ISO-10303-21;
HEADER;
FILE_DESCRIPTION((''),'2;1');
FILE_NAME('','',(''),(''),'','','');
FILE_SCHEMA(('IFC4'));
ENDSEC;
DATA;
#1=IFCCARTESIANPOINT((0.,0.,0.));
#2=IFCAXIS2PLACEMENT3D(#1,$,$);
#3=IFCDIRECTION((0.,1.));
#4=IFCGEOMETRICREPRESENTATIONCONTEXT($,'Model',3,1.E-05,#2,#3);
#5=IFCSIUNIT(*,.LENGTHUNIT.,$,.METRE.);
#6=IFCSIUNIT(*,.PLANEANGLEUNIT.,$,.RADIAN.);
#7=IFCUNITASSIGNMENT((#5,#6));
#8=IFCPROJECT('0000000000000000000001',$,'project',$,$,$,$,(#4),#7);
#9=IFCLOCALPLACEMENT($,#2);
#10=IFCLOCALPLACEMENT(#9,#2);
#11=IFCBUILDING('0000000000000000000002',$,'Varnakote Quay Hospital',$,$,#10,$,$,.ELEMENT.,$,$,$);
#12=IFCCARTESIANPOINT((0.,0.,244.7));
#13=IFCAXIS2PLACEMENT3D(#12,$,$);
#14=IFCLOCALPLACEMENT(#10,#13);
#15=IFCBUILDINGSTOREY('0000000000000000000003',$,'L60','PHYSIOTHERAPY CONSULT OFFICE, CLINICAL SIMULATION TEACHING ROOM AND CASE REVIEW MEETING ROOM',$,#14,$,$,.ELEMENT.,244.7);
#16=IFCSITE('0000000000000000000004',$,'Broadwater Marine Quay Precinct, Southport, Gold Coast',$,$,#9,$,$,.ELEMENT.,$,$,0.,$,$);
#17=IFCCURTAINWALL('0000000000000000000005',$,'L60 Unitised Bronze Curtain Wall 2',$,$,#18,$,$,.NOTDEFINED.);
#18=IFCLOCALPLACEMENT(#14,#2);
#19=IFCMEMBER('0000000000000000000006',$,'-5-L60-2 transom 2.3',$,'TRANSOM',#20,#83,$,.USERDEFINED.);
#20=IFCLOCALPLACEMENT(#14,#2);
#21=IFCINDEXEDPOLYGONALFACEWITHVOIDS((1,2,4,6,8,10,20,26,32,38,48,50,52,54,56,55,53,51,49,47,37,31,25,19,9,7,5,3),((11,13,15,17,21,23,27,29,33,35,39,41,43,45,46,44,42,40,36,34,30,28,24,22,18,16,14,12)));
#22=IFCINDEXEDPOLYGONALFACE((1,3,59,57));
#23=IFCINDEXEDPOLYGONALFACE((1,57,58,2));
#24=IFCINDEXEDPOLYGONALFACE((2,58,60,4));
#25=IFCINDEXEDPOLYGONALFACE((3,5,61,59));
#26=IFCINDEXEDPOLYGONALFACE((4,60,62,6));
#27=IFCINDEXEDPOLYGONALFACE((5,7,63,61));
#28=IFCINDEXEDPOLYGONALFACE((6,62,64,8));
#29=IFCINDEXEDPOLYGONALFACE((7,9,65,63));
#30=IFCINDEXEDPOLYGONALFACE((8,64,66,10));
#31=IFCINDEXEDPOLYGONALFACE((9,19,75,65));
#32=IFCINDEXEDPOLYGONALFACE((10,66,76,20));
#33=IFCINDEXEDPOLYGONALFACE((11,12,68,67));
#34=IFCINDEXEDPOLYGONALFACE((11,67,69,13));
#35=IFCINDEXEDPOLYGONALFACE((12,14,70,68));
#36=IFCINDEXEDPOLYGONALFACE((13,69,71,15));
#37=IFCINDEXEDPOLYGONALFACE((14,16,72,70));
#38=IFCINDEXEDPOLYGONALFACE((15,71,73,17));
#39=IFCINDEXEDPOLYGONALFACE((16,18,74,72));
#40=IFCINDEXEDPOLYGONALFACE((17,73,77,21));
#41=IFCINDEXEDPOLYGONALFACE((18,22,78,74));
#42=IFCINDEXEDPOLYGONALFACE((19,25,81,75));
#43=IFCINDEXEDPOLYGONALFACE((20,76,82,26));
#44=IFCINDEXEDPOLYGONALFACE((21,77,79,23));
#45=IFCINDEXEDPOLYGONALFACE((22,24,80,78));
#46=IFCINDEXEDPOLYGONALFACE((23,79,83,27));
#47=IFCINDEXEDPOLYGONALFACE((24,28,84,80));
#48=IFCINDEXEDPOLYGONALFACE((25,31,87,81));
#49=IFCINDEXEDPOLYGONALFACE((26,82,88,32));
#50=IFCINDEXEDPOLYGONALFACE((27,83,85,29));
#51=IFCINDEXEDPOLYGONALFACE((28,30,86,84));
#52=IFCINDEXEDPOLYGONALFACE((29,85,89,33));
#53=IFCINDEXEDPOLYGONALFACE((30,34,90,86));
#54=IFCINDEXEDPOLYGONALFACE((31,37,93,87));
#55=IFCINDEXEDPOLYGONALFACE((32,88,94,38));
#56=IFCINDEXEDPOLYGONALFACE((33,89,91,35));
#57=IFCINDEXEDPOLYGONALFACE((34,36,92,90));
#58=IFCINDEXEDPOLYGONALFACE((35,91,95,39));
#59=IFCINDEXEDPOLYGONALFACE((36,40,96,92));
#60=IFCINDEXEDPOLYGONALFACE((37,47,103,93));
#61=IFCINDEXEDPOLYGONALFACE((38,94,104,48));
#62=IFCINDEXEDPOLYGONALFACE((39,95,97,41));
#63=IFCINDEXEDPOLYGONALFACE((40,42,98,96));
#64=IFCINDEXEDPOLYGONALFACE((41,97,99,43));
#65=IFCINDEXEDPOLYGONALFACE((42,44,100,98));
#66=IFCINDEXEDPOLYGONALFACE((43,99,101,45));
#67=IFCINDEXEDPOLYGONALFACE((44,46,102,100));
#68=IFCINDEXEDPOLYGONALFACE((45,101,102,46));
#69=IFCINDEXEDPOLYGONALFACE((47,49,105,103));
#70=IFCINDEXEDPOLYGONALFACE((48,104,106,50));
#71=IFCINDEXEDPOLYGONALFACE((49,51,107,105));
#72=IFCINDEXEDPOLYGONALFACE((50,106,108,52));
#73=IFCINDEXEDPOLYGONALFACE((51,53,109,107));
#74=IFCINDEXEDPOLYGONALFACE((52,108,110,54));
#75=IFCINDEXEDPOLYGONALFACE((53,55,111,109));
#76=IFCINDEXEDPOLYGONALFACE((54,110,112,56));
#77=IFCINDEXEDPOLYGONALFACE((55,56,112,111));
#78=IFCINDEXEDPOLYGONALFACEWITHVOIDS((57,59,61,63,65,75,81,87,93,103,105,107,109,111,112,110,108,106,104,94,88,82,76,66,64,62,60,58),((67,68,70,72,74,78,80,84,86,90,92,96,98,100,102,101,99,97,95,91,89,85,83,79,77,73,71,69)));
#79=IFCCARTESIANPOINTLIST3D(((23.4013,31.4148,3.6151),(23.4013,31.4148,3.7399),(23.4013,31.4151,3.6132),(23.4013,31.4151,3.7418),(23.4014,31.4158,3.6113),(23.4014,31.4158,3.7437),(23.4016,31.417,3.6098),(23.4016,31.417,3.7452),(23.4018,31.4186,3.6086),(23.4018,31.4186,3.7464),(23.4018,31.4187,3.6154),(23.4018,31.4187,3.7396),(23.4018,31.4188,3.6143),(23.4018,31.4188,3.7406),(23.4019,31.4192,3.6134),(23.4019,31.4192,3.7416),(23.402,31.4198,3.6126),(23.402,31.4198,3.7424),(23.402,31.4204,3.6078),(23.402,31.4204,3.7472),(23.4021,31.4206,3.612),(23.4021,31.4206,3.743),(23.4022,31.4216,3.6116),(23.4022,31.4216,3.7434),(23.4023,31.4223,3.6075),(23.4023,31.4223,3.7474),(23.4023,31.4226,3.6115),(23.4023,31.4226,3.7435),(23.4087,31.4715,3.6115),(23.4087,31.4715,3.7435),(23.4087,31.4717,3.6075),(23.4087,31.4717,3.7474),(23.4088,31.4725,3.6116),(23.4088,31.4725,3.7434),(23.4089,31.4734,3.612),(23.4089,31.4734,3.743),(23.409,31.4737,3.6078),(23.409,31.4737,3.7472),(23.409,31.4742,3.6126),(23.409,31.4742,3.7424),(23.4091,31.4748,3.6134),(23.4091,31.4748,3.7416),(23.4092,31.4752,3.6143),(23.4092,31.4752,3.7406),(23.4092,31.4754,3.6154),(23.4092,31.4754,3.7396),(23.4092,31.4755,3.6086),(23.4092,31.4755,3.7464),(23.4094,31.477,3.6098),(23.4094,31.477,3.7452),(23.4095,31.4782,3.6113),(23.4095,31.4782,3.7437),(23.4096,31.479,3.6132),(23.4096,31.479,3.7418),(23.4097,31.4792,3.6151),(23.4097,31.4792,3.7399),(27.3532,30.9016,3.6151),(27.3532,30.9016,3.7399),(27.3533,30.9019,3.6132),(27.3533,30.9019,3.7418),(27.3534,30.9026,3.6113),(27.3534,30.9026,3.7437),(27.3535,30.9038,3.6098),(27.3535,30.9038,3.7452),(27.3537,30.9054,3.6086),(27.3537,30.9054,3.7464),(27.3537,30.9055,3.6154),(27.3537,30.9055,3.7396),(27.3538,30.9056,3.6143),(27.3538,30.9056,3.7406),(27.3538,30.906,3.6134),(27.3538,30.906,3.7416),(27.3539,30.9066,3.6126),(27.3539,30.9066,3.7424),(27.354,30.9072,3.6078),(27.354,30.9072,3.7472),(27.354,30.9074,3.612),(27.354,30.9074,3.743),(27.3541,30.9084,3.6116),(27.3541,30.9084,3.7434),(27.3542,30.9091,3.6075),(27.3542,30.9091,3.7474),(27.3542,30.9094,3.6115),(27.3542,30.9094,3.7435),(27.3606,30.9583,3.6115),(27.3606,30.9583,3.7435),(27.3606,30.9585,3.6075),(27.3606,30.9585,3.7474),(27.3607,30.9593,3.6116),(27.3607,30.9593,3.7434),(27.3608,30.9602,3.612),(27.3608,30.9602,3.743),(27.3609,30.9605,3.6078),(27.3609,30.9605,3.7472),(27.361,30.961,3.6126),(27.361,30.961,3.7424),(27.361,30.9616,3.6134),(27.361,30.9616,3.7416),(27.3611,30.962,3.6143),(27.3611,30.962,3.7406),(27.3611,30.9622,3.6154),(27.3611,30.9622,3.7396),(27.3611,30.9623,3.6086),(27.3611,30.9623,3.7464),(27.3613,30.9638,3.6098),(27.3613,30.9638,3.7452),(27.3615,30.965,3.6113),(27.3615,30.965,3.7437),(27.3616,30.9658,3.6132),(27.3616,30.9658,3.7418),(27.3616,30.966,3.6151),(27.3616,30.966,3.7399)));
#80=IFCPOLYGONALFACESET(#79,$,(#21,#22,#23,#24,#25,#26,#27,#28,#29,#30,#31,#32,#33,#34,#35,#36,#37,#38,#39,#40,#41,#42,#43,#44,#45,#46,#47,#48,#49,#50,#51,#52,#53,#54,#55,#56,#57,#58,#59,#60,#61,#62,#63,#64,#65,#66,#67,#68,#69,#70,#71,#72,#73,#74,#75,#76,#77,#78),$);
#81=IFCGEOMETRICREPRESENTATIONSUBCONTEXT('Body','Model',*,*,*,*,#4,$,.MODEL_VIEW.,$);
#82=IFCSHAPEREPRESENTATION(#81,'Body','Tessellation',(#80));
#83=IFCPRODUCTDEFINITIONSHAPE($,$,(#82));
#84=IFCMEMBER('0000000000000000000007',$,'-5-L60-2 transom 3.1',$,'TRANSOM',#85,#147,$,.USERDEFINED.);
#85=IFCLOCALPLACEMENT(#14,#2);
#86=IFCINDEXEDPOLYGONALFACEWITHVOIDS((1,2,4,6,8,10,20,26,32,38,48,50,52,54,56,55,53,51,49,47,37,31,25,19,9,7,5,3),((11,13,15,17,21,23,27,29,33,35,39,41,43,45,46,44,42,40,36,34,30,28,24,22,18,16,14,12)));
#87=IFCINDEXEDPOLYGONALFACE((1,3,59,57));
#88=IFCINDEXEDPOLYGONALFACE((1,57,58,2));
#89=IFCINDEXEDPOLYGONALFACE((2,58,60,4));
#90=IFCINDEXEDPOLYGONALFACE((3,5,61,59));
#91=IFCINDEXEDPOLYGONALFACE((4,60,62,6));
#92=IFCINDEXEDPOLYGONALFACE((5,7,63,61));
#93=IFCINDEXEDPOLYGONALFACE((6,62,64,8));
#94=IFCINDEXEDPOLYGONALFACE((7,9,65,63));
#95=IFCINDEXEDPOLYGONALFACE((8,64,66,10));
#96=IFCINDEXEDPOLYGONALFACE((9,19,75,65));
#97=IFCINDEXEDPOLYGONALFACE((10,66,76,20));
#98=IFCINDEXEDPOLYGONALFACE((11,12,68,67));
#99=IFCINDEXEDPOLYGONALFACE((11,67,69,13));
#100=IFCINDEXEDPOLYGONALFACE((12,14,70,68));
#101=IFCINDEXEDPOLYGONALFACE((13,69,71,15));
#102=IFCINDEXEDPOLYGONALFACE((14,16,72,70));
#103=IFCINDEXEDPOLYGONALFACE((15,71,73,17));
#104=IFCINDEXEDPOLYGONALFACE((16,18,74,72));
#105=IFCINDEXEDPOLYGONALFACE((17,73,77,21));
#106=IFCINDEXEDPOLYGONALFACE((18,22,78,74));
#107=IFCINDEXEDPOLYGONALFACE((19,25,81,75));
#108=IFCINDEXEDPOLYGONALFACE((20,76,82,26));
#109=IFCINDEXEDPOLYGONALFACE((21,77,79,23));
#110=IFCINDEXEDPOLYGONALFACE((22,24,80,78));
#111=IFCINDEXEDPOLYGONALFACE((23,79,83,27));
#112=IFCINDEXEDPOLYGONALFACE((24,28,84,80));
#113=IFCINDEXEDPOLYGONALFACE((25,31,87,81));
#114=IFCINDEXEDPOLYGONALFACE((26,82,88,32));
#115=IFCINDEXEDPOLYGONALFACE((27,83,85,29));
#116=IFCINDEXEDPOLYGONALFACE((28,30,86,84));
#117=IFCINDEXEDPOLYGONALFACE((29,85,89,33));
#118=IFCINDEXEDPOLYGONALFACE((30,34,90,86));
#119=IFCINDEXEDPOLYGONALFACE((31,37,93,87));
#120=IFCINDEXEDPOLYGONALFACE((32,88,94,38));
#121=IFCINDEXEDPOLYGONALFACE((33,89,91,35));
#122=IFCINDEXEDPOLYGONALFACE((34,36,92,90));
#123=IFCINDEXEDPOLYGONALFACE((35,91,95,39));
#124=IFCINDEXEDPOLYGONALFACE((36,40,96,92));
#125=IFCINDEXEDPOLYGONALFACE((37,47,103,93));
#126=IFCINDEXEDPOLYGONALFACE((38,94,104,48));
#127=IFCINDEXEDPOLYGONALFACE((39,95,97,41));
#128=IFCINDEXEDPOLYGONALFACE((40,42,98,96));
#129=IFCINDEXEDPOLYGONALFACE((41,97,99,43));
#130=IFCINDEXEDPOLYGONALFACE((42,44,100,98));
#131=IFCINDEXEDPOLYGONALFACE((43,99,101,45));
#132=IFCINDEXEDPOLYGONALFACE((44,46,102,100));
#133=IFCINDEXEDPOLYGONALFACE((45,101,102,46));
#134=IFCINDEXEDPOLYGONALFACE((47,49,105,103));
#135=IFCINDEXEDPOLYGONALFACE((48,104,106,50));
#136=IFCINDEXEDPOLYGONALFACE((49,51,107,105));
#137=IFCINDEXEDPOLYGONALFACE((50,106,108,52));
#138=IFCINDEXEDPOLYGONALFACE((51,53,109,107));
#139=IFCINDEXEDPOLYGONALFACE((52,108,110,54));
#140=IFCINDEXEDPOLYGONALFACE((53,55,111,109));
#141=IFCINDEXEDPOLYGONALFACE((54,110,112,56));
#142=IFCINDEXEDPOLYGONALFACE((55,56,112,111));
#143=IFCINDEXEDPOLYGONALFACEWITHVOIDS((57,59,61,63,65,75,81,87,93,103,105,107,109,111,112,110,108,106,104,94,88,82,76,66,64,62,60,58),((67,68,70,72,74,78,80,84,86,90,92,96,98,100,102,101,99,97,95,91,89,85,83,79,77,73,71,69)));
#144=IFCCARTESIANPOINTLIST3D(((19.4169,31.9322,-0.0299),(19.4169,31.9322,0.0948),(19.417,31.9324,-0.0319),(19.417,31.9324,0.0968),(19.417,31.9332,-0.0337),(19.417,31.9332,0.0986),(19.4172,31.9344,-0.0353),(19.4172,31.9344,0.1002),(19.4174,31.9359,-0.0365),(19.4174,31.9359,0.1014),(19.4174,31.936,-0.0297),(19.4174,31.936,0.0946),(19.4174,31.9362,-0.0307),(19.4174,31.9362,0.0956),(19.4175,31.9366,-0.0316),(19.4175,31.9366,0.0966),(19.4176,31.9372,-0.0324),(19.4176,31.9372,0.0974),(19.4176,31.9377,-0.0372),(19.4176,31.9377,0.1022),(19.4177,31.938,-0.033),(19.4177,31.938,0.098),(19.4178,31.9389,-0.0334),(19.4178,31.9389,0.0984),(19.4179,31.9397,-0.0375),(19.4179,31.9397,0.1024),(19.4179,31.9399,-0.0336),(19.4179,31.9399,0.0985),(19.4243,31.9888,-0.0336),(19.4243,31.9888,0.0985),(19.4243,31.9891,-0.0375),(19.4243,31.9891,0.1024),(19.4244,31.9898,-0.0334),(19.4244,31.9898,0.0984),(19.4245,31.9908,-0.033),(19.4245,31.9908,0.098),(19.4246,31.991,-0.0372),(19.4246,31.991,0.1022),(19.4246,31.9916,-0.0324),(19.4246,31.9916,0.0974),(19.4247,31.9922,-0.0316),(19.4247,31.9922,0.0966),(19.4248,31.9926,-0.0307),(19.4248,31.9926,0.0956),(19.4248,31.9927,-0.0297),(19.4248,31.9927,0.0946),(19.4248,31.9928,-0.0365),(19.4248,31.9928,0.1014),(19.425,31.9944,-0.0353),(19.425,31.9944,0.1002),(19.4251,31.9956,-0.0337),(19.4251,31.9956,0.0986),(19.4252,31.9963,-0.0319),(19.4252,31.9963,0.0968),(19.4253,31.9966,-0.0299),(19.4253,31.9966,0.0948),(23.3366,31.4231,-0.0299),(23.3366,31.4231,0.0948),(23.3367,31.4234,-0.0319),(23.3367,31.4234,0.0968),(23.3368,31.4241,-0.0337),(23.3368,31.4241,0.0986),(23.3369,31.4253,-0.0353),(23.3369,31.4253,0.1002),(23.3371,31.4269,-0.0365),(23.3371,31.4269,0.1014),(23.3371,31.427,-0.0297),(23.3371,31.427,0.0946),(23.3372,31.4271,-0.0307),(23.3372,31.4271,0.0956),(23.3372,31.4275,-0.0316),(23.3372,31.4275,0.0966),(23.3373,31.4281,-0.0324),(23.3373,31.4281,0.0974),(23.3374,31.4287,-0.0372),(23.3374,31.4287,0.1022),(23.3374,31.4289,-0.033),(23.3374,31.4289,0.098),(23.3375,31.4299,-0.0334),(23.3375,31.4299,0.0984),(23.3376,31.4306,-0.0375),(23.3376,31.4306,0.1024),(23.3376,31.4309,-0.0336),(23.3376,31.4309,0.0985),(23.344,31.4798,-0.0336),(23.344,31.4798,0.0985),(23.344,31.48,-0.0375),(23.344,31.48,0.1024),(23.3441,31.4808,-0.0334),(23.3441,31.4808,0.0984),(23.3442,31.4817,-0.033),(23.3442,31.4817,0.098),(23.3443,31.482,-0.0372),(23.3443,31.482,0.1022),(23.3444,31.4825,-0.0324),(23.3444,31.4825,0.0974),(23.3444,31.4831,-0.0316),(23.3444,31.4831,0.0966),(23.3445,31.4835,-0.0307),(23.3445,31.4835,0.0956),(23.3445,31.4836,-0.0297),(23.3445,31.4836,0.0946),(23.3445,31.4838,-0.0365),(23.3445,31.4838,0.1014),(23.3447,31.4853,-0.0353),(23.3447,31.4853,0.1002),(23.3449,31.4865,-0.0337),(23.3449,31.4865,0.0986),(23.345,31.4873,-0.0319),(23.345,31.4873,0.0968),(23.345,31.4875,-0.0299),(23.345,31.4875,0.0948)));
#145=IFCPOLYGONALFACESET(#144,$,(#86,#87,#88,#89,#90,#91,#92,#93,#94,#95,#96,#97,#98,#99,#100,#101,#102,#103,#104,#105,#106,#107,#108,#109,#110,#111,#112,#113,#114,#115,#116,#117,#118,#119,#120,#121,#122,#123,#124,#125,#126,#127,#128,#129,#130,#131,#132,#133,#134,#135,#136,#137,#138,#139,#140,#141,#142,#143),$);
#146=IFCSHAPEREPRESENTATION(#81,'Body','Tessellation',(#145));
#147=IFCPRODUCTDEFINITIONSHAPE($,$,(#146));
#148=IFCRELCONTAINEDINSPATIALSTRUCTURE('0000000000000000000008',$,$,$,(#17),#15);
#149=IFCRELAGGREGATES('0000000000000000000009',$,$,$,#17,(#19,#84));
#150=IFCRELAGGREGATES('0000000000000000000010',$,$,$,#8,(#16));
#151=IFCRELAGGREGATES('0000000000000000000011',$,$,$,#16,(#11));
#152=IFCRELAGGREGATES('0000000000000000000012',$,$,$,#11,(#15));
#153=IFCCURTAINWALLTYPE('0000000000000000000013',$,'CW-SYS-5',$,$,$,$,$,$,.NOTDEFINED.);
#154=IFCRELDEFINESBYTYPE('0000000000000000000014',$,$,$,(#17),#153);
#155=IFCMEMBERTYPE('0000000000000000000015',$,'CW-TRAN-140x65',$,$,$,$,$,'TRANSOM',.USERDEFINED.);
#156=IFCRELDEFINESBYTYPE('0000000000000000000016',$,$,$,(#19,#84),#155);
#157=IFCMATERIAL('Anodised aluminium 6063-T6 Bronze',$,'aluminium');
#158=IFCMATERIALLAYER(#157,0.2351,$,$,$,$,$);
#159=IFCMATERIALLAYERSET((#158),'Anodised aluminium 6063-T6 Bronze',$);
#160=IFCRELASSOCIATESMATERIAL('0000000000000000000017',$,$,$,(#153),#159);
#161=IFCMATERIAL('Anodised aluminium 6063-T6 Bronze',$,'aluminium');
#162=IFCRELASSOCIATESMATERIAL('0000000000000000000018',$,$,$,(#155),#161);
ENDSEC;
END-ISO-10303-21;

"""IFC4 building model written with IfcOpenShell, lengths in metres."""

from ifc_helpers import new_model, si_unit, direction, frame, origin, origin_2d, place, context, subcontext, project, spatial, hollow_rectangle, extrude, material, layer, layer_set, material_profile, profile_set, type_object, element, aggregate, save


model = new_model("IFC4")

# Units and contexts
model_context = context("Model", 3, precision=1e-05, world=origin(), true_north=direction((0.0, 1.0)))
body_context = subcontext(model_context, "Body", "Model", "MODEL_VIEW")
ifc_project = project(units=[si_unit("LENGTHUNIT", "METRE"), si_unit("PLANEANGLEUNIT", "RADIAN")], contexts=[model_context])

# Site, building, storey
site_placement = place(None, origin())
site = spatial("IfcSite", under=ifc_project, at=site_placement, Name="Broadwater Marine Quay Precinct, Southport, Gold Coast", CompositionType="ELEMENT", RefElevation=0.0)
building_placement = place(site_placement, origin())
building = spatial("IfcBuilding", under=site, at=building_placement, Name="Varnakote Quay Hospital", CompositionType="ELEMENT")
storey_placement = place(building_placement, frame((0.0, 0.0, 244.7)))
storey = spatial("IfcBuildingStorey", under=building, at=storey_placement, Name="L60", Description="PHYSIOTHERAPY CONSULT OFFICE, CLINICAL SIMULATION TEACHING ROOM AND CASE REVIEW MEETING ROOM", CompositionType="ELEMENT", Elevation=244.7)

# Shared definitions
ifc_material_1 = material(Name="Anodised aluminium 6063-T6 Bronze", Category="aluminium")
ifc_layer_1 = layer(ifc_material_1, 0.2351)
ifc_layer_set_1 = layer_set([ifc_layer_1], Name="Anodised aluminium 6063-T6 Bronze")
curtain_wall_type = type_object("IfcCurtainWallType", Name="CW-SYS-5", PredefinedType="NOTDEFINED", material=ifc_layer_set_1)

# Curtain wall, members
curtain_wall_1_placement = place(storey_placement, origin())
curtain_wall_1 = element("IfcCurtainWall", 1, at=curtain_wall_1_placement, inside=storey, type_object=curtain_wall_type, Name="L60 Unitised Bronze Curtain Wall 2", PredefinedType="NOTDEFINED")
ifc_material_2 = material(Name="Anodised aluminium 6063-T6 Bronze", Category="aluminium")
ifc_material_profile_1 = material_profile(ifc_material_2, hollow_rectangle(XDim=0.0649, YDim=0.1399, WallThickness=0.0039, InnerFilletRadius=0.0039, OuterFilletRadius=0.0076, at=origin_2d()), Name="CW-TRAN-140x65")
ifc_profile_set_1 = profile_set([ifc_material_profile_1], Name="Anodised aluminium 6063-T6 Bronze")
member_type_1 = type_object("IfcMemberType", Name="CW-TRAN-140x65", ElementType="TRANSOM", PredefinedType="USERDEFINED", material=ifc_profile_set_1)
member_1_placement = place(storey_placement, frame((27.3574, 30.9338, 3.6775), z_axis=(-0.991674, 0.128776, 0.0), x_axis=(-0.128776, -0.991674, 0.0)))
member_1 = element("IfcMember", 2, at=member_1_placement, type_object=member_type_1, Name="-5-L60-2 transom 2.3", ObjectType="TRANSOM", PredefinedType="USERDEFINED", context=body_context, shape_type="SweptSolid", body=[
    extrude(hollow_rectangle(XDim=0.0649, YDim=0.1399, WallThickness=0.0039, InnerFilletRadius=0.0039, OuterFilletRadius=0.0076, at=origin_2d()), origin(), (0.0, 0.0, 1.0), 3.9851),
])
member_2_placement = place(storey_placement, frame((23.3408, 31.4553, 0.0325), z_axis=(-0.991673, 0.128785, 0.0), x_axis=(-0.128785, -0.991673, 0.0)))
member_2 = element("IfcMember", 3, at=member_2_placement, type_object=member_type_1, Name="-5-L60-2 transom 3.1", ObjectType="TRANSOM", PredefinedType="USERDEFINED", context=body_context, shape_type="SweptSolid", body=[
    extrude(hollow_rectangle(XDim=0.0649, YDim=0.1399, WallThickness=0.0039, InnerFilletRadius=0.0039, OuterFilletRadius=0.0076, at=origin_2d()), origin(), (0.0, 0.0, 1.0), 3.9526),
])

aggregate(curtain_wall_1, [member_1, member_2])

save(model, "model.ifc")
